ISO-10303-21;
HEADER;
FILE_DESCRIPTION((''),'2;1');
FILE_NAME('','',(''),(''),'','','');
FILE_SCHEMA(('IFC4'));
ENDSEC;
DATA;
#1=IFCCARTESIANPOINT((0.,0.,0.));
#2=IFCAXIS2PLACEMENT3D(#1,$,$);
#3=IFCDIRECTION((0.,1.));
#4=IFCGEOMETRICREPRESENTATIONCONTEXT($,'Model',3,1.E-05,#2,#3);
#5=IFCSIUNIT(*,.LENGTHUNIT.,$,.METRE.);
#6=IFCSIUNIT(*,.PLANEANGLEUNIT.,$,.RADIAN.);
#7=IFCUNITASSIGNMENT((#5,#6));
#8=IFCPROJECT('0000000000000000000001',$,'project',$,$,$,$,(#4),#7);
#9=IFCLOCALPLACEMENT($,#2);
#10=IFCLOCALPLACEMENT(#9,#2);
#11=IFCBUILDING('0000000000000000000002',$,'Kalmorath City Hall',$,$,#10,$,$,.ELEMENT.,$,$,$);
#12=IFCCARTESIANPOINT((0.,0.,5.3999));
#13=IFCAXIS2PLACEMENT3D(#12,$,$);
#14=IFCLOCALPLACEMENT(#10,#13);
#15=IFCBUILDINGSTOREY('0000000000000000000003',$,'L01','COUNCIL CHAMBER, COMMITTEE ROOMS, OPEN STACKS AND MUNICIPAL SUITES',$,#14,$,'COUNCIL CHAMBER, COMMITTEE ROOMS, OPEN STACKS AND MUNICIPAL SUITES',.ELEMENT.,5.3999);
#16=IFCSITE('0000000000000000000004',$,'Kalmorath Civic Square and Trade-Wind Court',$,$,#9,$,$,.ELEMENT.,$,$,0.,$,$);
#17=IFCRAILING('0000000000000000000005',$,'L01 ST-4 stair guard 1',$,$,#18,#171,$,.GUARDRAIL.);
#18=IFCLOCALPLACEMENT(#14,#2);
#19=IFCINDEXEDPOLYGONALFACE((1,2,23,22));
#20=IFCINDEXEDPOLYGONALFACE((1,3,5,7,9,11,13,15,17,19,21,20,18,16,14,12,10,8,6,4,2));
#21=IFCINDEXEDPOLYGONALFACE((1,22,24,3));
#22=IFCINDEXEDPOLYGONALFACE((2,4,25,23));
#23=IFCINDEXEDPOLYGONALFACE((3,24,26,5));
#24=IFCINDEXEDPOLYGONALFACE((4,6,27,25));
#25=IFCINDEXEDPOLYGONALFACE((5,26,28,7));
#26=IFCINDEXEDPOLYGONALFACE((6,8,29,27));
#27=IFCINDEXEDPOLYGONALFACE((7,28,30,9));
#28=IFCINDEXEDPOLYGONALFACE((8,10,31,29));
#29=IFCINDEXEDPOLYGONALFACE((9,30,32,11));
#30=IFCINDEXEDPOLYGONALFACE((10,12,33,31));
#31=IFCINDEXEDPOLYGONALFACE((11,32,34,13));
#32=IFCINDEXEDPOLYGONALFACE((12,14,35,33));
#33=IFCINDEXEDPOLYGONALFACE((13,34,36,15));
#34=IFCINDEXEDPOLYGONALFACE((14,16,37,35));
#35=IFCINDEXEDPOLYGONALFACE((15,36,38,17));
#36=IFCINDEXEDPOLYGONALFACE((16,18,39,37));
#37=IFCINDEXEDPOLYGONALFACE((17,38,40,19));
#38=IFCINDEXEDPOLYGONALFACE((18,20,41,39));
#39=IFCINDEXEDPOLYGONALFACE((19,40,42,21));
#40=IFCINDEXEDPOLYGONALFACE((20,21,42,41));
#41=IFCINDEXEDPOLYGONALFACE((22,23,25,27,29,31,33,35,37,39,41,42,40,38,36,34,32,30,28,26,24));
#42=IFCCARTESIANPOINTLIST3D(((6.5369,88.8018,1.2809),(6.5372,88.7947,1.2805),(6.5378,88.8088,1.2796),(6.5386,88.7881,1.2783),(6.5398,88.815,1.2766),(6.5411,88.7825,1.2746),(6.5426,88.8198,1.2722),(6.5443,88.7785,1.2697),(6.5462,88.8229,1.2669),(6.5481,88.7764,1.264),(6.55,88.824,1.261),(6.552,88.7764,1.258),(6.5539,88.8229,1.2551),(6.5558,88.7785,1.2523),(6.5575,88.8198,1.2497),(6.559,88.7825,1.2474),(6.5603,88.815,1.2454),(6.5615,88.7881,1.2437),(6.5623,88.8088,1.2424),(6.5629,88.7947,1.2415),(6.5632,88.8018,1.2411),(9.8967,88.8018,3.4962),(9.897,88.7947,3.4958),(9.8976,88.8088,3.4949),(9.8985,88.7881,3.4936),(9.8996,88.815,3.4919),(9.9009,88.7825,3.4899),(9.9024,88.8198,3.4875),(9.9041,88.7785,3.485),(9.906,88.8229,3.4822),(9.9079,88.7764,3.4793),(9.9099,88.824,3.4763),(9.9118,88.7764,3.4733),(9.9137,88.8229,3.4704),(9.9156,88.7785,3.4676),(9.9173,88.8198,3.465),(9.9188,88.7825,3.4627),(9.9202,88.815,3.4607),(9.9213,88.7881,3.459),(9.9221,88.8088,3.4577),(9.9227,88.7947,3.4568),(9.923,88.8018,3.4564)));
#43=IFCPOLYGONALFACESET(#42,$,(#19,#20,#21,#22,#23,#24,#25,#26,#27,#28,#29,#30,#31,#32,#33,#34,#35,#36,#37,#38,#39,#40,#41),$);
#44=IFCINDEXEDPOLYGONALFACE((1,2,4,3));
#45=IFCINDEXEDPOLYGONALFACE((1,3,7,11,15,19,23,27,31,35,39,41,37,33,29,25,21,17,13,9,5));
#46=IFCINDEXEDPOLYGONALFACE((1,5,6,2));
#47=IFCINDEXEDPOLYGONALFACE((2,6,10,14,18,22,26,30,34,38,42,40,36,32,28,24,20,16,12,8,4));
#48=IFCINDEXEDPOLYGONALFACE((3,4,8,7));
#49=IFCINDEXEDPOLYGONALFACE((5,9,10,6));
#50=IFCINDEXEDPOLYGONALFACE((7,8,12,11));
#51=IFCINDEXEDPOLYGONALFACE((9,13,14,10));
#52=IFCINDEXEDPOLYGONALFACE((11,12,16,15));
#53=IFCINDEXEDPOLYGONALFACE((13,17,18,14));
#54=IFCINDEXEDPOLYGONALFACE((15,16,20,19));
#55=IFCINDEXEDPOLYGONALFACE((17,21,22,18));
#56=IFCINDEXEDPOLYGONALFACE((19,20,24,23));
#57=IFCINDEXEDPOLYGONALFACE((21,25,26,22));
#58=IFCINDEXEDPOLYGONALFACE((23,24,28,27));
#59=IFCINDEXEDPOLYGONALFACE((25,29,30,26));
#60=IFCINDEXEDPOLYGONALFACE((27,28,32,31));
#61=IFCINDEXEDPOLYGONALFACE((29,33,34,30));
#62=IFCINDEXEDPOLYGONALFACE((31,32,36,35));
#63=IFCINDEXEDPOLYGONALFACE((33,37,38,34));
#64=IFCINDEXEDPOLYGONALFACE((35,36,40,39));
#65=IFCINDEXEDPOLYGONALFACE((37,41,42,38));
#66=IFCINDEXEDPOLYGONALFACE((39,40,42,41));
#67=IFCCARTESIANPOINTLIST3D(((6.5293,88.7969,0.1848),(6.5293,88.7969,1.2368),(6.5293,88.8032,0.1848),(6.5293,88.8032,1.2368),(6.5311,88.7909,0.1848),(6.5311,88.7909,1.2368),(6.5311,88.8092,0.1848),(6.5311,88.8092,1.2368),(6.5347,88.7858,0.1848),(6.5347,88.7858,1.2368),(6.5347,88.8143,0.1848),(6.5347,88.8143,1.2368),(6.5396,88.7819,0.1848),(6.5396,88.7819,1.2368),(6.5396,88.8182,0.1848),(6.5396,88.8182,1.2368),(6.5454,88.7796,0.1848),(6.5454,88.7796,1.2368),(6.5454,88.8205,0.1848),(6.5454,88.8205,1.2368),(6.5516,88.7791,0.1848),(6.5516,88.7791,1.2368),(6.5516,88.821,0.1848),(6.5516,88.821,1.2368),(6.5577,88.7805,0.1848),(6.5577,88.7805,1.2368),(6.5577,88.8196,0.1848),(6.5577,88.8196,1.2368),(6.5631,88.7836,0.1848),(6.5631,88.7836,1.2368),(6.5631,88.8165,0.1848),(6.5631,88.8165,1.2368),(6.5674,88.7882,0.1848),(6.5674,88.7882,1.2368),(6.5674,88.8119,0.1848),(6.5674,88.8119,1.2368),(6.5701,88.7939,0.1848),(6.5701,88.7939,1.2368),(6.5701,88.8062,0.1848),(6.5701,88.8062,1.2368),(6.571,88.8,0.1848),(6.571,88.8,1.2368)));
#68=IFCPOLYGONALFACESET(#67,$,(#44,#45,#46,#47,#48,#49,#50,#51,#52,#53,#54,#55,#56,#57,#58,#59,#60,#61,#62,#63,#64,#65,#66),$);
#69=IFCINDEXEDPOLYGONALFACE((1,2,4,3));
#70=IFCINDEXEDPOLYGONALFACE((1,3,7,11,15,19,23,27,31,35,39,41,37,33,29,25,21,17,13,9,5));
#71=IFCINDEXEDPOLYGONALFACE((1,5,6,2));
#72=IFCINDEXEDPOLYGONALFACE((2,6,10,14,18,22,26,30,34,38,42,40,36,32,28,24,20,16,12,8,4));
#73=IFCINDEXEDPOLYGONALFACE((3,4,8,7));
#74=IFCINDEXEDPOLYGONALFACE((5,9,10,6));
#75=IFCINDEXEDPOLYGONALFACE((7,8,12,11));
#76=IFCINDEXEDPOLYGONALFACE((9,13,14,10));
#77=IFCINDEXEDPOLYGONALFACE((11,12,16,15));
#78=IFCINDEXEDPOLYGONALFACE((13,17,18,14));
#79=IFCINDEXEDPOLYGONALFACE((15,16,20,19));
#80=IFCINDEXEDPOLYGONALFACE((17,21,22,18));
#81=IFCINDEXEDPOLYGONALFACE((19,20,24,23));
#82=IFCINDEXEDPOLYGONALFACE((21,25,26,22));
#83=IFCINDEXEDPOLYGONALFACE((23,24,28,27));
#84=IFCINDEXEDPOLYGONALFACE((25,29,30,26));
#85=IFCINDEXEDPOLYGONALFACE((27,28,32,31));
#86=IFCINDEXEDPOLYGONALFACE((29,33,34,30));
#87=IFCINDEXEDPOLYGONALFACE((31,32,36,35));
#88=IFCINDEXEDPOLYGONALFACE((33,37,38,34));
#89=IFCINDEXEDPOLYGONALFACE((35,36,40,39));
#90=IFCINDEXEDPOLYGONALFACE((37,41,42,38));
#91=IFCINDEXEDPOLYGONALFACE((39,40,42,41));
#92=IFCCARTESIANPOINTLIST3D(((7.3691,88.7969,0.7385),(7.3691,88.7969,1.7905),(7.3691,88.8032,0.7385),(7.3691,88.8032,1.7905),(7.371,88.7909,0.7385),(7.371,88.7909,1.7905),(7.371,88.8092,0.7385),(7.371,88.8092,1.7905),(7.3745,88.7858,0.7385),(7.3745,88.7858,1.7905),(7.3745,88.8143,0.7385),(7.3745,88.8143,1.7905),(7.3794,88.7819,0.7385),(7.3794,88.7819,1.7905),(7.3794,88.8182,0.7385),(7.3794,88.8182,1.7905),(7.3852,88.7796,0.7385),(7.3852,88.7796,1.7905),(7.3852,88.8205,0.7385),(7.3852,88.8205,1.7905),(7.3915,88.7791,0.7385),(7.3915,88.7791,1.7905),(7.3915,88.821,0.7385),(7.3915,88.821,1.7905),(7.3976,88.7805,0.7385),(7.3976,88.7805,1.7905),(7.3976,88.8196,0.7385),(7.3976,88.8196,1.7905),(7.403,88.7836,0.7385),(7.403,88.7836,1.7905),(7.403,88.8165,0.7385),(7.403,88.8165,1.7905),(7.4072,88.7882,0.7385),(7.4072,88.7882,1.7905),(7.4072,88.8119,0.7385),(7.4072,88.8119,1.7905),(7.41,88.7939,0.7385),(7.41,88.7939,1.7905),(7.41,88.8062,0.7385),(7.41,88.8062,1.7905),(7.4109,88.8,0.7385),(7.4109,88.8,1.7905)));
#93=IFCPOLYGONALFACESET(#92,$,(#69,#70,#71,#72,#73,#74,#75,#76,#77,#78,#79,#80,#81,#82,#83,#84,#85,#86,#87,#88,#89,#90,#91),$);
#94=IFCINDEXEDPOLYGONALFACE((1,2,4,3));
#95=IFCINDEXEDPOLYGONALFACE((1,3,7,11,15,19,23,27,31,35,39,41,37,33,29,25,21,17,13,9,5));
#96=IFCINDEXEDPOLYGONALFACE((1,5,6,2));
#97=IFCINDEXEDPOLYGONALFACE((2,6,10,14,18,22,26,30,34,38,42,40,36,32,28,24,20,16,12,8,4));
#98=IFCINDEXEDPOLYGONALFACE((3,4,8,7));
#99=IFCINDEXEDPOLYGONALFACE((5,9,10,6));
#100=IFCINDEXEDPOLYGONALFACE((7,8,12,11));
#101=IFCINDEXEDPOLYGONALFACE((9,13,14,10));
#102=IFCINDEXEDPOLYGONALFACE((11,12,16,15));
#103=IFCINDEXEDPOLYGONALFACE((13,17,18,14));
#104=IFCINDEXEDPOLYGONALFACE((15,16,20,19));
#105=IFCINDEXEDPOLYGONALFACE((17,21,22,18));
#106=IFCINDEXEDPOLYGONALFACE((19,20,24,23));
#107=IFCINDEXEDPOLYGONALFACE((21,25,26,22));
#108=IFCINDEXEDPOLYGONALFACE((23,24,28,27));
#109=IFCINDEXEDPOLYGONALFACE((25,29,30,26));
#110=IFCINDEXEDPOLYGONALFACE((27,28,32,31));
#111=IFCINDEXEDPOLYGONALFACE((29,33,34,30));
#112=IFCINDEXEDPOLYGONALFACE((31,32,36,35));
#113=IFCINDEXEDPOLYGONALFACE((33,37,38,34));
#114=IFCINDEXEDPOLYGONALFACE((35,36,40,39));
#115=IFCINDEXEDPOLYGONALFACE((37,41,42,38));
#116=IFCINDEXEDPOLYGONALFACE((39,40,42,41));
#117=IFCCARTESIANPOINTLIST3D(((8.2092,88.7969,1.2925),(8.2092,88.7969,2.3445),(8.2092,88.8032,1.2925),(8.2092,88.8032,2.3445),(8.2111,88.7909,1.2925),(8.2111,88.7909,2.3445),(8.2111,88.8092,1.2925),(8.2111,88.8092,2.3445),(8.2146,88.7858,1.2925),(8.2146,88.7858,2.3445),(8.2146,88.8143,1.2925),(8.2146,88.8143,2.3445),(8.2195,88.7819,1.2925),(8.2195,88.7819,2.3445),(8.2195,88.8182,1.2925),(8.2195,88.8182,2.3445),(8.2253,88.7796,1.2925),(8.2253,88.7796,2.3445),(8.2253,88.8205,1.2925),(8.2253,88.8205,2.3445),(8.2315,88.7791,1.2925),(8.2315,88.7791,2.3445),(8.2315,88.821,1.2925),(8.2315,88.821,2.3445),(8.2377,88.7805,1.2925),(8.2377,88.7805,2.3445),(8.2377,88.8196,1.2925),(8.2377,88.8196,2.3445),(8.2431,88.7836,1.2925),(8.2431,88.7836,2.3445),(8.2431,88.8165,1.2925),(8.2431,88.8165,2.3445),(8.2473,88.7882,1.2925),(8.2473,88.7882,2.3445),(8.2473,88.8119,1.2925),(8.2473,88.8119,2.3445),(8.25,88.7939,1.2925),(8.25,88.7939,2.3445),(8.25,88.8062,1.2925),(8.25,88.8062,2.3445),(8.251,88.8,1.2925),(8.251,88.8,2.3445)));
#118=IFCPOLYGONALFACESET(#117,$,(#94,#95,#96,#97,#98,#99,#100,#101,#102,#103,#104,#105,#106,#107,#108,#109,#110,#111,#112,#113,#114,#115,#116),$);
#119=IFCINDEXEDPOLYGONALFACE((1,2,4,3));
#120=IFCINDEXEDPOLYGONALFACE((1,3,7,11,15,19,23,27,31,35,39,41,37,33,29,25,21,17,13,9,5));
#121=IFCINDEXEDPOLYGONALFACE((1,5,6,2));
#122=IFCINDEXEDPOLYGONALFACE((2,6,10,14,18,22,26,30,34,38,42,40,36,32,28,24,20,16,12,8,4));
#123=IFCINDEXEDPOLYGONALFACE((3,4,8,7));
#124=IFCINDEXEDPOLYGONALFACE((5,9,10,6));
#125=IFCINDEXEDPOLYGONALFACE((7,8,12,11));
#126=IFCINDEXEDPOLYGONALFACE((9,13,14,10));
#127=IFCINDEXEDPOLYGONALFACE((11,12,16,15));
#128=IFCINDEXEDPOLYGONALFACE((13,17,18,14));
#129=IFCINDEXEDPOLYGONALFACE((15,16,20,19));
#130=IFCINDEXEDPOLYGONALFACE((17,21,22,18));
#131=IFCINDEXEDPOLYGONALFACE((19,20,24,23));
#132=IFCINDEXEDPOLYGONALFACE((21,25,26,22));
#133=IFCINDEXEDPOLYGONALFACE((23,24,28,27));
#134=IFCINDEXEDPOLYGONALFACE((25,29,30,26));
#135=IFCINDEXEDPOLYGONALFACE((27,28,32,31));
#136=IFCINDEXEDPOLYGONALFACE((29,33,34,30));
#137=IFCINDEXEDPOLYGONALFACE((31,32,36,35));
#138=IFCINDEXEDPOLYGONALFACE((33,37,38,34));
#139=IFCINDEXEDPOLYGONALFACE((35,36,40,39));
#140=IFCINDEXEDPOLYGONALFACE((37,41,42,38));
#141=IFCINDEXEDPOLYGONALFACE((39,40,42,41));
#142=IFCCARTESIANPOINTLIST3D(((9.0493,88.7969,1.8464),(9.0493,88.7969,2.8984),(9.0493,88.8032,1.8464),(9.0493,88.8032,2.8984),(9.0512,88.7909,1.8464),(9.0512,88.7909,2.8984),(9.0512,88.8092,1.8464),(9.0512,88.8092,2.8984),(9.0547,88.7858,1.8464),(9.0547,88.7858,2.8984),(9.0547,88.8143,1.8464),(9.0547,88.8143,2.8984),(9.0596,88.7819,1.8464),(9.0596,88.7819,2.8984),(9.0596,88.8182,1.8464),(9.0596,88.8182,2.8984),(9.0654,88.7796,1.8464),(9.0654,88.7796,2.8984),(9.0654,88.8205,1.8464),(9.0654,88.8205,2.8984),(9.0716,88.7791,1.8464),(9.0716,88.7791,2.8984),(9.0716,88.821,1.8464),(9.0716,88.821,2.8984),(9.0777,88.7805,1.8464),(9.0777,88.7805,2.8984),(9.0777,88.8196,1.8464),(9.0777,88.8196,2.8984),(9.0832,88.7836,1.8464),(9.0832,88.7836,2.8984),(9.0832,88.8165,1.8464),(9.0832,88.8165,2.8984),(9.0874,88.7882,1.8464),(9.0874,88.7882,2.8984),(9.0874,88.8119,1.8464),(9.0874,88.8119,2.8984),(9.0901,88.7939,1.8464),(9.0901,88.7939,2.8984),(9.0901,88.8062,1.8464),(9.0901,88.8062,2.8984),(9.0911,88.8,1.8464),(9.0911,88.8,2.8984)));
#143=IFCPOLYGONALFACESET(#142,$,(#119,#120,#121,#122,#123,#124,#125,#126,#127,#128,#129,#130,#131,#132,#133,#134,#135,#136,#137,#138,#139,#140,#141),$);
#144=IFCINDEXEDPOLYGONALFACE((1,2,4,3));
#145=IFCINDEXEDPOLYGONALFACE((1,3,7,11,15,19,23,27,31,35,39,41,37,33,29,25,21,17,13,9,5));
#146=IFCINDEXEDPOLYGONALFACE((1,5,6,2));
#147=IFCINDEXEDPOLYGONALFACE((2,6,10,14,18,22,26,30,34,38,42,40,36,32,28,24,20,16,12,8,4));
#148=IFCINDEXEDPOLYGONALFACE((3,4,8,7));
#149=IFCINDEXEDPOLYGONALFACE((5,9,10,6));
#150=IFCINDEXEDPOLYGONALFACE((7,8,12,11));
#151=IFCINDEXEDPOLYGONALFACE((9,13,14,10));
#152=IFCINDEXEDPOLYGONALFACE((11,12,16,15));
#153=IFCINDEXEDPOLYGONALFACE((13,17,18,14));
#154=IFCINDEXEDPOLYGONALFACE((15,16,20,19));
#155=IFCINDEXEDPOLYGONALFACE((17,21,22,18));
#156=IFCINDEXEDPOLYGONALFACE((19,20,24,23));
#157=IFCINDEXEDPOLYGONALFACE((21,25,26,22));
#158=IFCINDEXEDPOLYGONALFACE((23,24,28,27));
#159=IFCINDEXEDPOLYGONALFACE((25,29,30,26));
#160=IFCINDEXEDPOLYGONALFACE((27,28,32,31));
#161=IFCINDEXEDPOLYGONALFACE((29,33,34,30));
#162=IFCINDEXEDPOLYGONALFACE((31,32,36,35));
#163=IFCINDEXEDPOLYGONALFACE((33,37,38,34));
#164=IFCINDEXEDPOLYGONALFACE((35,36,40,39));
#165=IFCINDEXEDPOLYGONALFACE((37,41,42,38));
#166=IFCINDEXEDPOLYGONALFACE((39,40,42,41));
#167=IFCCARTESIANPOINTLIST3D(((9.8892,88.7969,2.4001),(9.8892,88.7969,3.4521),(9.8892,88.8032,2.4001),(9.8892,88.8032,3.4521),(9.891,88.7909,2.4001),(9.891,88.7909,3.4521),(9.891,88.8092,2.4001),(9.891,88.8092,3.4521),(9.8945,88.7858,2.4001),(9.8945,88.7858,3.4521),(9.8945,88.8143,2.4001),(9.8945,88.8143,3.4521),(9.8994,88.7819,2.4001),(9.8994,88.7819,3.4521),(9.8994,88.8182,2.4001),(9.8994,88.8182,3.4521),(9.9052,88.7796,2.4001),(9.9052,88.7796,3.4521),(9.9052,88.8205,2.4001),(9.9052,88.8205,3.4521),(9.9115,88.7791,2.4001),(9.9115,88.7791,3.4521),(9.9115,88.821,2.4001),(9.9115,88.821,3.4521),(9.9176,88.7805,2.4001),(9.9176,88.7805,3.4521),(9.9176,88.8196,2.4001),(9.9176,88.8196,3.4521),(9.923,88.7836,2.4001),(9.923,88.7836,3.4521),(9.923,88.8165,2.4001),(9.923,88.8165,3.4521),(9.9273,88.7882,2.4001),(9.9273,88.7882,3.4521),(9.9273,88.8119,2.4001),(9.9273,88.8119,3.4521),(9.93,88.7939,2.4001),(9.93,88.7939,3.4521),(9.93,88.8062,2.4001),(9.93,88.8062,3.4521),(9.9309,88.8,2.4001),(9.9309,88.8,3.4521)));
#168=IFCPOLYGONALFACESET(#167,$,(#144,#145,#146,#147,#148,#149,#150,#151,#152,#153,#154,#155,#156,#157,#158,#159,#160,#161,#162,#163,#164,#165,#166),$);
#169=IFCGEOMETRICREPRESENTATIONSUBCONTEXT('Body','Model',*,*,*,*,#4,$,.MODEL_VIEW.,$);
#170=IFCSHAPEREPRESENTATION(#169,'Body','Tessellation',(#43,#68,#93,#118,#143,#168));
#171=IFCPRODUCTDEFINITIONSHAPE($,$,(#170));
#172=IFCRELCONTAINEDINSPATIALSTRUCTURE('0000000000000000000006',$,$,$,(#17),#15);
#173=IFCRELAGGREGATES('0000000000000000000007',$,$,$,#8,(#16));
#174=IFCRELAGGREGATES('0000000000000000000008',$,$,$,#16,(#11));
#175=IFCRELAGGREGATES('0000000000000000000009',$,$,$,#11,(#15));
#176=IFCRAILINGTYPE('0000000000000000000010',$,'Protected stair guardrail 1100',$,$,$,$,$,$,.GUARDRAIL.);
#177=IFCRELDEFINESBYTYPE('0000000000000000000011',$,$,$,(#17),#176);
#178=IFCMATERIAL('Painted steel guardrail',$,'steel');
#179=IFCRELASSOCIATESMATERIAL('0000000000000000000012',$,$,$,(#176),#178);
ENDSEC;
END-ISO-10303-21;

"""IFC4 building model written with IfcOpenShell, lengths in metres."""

from ifc_helpers import new_model, si_unit, direction, frame, origin, origin_2d, place, context, subcontext, project, spatial, circle, extrude, material, type_object, element, save


model = new_model("IFC4")

# Units and contexts
model_context = context("Model", 3, precision=1e-05, world=origin(), true_north=direction((0.0, 1.0)))
body_context = subcontext(model_context, "Body", "Model", "MODEL_VIEW")
ifc_project = project(units=[si_unit("LENGTHUNIT", "METRE"), si_unit("PLANEANGLEUNIT", "RADIAN")], contexts=[model_context])

# Site, building, storey
site_placement = place(None, origin())
site = spatial("IfcSite", under=ifc_project, at=site_placement, Name="Kalmorath Civic Square and Trade-Wind Court", CompositionType="ELEMENT", RefElevation=0.0)
building_placement = place(site_placement, origin())
building = spatial("IfcBuilding", under=site, at=building_placement, Name="Kalmorath City Hall", CompositionType="ELEMENT")
storey_placement = place(building_placement, frame((0.0, 0.0, 5.3999)))
storey = spatial("IfcBuildingStorey", under=building, at=storey_placement, Name="L01", Description="COUNCIL CHAMBER, COMMITTEE ROOMS, OPEN STACKS AND MUNICIPAL SUITES", LongName="COUNCIL CHAMBER, COMMITTEE ROOMS, OPEN STACKS AND MUNICIPAL SUITES", CompositionType="ELEMENT", Elevation=5.3999)

# Railing
ifc_material_1 = material(Name="Painted steel guardrail", Category="steel")
railing_type_1 = type_object("IfcRailingType", Name="Protected stair guardrail 1100", PredefinedType="GUARDRAIL", material=ifc_material_1)
railing_1_placement = place(storey_placement, frame((6.55, 88.8, 0.1848)))
element("IfcRailing", 1, at=railing_1_placement, inside=storey, type_object=railing_type_1, Name="L01 ST-4 stair guard 1", PredefinedType="GUARDRAIL", context=body_context, shape_type="SweptSolid", body=[
    extrude(circle(Radius=0.0239, at=origin_2d()), frame((0.0, 0.0, 1.0762), z_axis=(0.834858, 0.0, 0.550465), x_axis=(0.0, 1.0, 0.0)), (0.0, 0.0, 1.0), 4.0244),
    extrude(circle(Radius=0.021, at=origin_2d()), origin(), (0.0, 0.0, 1.0), 1.052),
    extrude(circle(Radius=0.021, at=origin_2d()), frame((0.8398, 0.0, 0.5537)), (0.0, 0.0, 1.0), 1.052),
    extrude(circle(Radius=0.021, at=origin_2d()), frame((1.6799, 0.0, 1.1077)), (0.0, 0.0, 1.0), 1.052),
    extrude(circle(Radius=0.021, at=origin_2d()), frame((2.52, 0.0, 1.6616)), (0.0, 0.0, 1.0), 1.052),
    extrude(circle(Radius=0.021, at=origin_2d()), frame((3.3599, 0.0, 2.2153)), (0.0, 0.0, 1.0), 1.052),
])

save(model, "model.ifc")
